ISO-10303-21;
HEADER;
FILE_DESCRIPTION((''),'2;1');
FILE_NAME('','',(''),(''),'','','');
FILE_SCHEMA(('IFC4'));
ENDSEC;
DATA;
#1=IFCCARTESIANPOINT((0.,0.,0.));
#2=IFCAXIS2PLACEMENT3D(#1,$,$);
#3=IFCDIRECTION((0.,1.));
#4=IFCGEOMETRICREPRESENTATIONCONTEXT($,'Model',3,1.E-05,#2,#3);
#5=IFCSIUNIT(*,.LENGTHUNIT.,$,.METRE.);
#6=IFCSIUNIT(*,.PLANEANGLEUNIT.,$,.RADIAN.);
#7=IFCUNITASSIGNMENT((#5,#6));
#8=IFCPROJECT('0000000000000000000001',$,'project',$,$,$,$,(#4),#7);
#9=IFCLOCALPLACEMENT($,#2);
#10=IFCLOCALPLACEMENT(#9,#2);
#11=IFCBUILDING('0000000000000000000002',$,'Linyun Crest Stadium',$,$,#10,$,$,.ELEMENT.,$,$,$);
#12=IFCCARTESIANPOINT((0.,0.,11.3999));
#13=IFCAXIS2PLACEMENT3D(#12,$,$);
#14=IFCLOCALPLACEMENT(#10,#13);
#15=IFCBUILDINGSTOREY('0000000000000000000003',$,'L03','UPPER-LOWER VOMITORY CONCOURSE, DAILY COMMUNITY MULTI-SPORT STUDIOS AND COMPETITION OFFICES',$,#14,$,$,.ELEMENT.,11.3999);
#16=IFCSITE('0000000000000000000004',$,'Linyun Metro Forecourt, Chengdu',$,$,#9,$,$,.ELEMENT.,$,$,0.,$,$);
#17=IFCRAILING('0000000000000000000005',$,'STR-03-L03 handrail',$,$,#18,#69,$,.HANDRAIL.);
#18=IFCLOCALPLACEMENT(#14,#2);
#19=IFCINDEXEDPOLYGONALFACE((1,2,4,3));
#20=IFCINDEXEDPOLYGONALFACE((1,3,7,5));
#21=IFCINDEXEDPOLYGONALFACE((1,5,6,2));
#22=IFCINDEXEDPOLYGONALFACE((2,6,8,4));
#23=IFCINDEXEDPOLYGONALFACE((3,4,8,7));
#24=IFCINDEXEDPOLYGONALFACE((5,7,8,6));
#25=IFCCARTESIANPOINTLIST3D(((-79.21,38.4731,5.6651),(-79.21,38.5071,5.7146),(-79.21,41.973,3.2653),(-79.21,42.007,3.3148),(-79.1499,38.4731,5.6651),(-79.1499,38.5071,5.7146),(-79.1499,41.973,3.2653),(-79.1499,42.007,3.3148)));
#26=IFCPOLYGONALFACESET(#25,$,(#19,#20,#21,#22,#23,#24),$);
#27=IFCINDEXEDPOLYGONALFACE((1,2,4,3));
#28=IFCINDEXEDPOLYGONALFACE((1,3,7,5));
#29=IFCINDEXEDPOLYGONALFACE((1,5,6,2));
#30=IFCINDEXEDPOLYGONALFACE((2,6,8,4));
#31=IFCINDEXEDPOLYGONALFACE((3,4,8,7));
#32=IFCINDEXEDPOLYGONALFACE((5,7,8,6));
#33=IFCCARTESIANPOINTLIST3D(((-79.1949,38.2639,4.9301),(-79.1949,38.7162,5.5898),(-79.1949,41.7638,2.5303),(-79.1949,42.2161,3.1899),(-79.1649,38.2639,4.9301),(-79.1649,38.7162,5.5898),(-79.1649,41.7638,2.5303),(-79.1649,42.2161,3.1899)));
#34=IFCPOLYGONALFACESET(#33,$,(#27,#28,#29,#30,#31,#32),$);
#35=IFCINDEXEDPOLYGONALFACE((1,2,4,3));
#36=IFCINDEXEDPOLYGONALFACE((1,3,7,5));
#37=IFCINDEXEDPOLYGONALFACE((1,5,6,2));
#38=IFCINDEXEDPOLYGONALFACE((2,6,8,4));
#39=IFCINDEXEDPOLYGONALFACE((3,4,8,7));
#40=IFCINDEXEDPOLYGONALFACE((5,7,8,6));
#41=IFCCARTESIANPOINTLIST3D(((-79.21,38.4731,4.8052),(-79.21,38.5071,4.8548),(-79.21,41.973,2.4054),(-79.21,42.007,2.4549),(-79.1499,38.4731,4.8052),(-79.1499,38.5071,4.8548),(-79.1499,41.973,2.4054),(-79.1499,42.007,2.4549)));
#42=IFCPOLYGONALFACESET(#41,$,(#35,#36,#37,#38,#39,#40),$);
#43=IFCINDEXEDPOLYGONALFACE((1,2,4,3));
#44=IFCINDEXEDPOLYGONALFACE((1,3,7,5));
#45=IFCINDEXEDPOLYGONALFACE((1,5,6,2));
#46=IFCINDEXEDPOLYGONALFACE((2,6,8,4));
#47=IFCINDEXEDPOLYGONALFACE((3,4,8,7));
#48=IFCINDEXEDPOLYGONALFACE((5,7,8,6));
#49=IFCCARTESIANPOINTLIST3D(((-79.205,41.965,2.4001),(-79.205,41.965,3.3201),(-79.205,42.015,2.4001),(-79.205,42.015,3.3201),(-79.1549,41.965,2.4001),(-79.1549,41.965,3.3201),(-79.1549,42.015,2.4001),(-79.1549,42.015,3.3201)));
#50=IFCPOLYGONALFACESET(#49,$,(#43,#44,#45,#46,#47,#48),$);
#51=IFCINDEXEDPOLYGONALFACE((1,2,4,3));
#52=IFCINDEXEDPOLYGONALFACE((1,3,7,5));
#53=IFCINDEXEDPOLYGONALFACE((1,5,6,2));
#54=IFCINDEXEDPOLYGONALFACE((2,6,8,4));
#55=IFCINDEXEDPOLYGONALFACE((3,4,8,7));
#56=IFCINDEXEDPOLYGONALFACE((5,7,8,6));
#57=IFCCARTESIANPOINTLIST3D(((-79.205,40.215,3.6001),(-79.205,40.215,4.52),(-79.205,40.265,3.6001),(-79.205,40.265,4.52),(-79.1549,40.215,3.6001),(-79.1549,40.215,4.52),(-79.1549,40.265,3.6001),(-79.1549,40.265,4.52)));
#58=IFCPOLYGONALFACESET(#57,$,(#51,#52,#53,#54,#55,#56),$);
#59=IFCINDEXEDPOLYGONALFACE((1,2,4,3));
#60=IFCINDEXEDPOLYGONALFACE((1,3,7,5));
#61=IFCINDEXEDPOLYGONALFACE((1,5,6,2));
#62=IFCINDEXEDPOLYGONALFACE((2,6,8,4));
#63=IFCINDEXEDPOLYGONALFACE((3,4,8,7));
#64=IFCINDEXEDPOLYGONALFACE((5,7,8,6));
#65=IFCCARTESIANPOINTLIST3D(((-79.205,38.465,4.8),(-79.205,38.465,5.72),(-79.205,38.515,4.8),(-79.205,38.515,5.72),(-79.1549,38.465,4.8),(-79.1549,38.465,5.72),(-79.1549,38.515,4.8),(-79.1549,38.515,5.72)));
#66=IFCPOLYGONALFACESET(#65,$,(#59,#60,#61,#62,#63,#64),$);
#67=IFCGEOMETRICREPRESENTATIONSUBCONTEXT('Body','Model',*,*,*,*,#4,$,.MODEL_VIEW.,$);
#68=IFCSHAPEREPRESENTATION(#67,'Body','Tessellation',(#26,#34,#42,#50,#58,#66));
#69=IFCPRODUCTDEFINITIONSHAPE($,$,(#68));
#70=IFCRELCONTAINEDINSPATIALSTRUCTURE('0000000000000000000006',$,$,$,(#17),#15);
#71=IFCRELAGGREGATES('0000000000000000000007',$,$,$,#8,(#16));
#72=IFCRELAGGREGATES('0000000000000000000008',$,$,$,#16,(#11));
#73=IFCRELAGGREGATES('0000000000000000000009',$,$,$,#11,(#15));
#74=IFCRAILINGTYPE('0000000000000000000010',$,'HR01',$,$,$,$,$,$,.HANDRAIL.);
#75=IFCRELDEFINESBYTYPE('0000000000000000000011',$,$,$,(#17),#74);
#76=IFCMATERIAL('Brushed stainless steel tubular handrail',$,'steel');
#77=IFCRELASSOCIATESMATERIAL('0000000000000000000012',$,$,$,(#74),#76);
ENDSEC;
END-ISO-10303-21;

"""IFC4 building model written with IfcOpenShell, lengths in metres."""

from ifc_helpers import new_model, si_unit, direction, frame, origin, origin_2d, place, context, subcontext, project, spatial, rectangle, extrude, material, type_object, element, save


model = new_model("IFC4")

# Units and contexts
model_context = context("Model", 3, precision=1e-05, world=origin(), true_north=direction((0.0, 1.0)))
body_context = subcontext(model_context, "Body", "Model", "MODEL_VIEW")
ifc_project = project(units=[si_unit("LENGTHUNIT", "METRE"), si_unit("PLANEANGLEUNIT", "RADIAN")], contexts=[model_context])

# Site, building, storey
site_placement = place(None, origin())
site = spatial("IfcSite", under=ifc_project, at=site_placement, Name="Linyun Metro Forecourt, Chengdu", CompositionType="ELEMENT", RefElevation=0.0)
building_placement = place(site_placement, origin())
building = spatial("IfcBuilding", under=site, at=building_placement, Name="Linyun Crest Stadium", CompositionType="ELEMENT")
storey_placement = place(building_placement, frame((0.0, 0.0, 11.3999)))
storey = spatial("IfcBuildingStorey", under=building, at=storey_placement, Name="L03", Description="UPPER-LOWER VOMITORY CONCOURSE, DAILY COMMUNITY MULTI-SPORT STUDIOS AND COMPETITION OFFICES", CompositionType="ELEMENT", Elevation=11.3999)

# Railing
ifc_material_1 = material(Name="Brushed stainless steel tubular handrail", Category="steel")
railing_type_1 = type_object("IfcRailingType", Name="HR01", PredefinedType="HANDRAIL", material=ifc_material_1)
railing_1_placement = place(storey_placement, frame((-79.1799, 41.99, 2.4001)))
element("IfcRailing", 1, at=railing_1_placement, inside=storey, type_object=railing_type_1, Name="STR-03-L03 handrail", PredefinedType="HANDRAIL", context=body_context, shape_type="SweptSolid", body=[
    extrude(rectangle(XDim=0.0601, YDim=0.0601, at=origin_2d()), frame((0.0, 0.0, 0.8899), z_axis=(0.0, -0.82474, 0.565513), x_axis=(1.0, 0.0, 0.0)), (0.0, 0.0, 1.0), 4.2437),
    extrude(rectangle(XDim=0.03, YDim=0.7998, at=origin_2d()), frame((0.0, 0.0, 0.46), z_axis=(0.0, -0.82474, 0.565513), x_axis=(1.0, 0.0, 0.0)), (0.0, 0.0, 1.0), 4.2437),
    extrude(rectangle(XDim=0.0601, YDim=0.0601, at=origin_2d()), frame((0.0, 0.0, 0.03), z_axis=(0.0, -0.82474, 0.565513), x_axis=(1.0, 0.0, 0.0)), (0.0, 0.0, 1.0), 4.2437),
    extrude(rectangle(XDim=0.05, YDim=0.05, at=origin_2d()), origin(), (0.0, 0.0, 1.0), 0.9199),
    extrude(rectangle(XDim=0.05, YDim=0.05, at=origin_2d()), frame((0.0, -1.75, 1.2)), (0.0, 0.0, 1.0), 0.9199),
    extrude(rectangle(XDim=0.05, YDim=0.05, at=origin_2d()), frame((0.0, -3.5, 2.3999)), (0.0, 0.0, 1.0), 0.9199),
])

save(model, "model.ifc")
